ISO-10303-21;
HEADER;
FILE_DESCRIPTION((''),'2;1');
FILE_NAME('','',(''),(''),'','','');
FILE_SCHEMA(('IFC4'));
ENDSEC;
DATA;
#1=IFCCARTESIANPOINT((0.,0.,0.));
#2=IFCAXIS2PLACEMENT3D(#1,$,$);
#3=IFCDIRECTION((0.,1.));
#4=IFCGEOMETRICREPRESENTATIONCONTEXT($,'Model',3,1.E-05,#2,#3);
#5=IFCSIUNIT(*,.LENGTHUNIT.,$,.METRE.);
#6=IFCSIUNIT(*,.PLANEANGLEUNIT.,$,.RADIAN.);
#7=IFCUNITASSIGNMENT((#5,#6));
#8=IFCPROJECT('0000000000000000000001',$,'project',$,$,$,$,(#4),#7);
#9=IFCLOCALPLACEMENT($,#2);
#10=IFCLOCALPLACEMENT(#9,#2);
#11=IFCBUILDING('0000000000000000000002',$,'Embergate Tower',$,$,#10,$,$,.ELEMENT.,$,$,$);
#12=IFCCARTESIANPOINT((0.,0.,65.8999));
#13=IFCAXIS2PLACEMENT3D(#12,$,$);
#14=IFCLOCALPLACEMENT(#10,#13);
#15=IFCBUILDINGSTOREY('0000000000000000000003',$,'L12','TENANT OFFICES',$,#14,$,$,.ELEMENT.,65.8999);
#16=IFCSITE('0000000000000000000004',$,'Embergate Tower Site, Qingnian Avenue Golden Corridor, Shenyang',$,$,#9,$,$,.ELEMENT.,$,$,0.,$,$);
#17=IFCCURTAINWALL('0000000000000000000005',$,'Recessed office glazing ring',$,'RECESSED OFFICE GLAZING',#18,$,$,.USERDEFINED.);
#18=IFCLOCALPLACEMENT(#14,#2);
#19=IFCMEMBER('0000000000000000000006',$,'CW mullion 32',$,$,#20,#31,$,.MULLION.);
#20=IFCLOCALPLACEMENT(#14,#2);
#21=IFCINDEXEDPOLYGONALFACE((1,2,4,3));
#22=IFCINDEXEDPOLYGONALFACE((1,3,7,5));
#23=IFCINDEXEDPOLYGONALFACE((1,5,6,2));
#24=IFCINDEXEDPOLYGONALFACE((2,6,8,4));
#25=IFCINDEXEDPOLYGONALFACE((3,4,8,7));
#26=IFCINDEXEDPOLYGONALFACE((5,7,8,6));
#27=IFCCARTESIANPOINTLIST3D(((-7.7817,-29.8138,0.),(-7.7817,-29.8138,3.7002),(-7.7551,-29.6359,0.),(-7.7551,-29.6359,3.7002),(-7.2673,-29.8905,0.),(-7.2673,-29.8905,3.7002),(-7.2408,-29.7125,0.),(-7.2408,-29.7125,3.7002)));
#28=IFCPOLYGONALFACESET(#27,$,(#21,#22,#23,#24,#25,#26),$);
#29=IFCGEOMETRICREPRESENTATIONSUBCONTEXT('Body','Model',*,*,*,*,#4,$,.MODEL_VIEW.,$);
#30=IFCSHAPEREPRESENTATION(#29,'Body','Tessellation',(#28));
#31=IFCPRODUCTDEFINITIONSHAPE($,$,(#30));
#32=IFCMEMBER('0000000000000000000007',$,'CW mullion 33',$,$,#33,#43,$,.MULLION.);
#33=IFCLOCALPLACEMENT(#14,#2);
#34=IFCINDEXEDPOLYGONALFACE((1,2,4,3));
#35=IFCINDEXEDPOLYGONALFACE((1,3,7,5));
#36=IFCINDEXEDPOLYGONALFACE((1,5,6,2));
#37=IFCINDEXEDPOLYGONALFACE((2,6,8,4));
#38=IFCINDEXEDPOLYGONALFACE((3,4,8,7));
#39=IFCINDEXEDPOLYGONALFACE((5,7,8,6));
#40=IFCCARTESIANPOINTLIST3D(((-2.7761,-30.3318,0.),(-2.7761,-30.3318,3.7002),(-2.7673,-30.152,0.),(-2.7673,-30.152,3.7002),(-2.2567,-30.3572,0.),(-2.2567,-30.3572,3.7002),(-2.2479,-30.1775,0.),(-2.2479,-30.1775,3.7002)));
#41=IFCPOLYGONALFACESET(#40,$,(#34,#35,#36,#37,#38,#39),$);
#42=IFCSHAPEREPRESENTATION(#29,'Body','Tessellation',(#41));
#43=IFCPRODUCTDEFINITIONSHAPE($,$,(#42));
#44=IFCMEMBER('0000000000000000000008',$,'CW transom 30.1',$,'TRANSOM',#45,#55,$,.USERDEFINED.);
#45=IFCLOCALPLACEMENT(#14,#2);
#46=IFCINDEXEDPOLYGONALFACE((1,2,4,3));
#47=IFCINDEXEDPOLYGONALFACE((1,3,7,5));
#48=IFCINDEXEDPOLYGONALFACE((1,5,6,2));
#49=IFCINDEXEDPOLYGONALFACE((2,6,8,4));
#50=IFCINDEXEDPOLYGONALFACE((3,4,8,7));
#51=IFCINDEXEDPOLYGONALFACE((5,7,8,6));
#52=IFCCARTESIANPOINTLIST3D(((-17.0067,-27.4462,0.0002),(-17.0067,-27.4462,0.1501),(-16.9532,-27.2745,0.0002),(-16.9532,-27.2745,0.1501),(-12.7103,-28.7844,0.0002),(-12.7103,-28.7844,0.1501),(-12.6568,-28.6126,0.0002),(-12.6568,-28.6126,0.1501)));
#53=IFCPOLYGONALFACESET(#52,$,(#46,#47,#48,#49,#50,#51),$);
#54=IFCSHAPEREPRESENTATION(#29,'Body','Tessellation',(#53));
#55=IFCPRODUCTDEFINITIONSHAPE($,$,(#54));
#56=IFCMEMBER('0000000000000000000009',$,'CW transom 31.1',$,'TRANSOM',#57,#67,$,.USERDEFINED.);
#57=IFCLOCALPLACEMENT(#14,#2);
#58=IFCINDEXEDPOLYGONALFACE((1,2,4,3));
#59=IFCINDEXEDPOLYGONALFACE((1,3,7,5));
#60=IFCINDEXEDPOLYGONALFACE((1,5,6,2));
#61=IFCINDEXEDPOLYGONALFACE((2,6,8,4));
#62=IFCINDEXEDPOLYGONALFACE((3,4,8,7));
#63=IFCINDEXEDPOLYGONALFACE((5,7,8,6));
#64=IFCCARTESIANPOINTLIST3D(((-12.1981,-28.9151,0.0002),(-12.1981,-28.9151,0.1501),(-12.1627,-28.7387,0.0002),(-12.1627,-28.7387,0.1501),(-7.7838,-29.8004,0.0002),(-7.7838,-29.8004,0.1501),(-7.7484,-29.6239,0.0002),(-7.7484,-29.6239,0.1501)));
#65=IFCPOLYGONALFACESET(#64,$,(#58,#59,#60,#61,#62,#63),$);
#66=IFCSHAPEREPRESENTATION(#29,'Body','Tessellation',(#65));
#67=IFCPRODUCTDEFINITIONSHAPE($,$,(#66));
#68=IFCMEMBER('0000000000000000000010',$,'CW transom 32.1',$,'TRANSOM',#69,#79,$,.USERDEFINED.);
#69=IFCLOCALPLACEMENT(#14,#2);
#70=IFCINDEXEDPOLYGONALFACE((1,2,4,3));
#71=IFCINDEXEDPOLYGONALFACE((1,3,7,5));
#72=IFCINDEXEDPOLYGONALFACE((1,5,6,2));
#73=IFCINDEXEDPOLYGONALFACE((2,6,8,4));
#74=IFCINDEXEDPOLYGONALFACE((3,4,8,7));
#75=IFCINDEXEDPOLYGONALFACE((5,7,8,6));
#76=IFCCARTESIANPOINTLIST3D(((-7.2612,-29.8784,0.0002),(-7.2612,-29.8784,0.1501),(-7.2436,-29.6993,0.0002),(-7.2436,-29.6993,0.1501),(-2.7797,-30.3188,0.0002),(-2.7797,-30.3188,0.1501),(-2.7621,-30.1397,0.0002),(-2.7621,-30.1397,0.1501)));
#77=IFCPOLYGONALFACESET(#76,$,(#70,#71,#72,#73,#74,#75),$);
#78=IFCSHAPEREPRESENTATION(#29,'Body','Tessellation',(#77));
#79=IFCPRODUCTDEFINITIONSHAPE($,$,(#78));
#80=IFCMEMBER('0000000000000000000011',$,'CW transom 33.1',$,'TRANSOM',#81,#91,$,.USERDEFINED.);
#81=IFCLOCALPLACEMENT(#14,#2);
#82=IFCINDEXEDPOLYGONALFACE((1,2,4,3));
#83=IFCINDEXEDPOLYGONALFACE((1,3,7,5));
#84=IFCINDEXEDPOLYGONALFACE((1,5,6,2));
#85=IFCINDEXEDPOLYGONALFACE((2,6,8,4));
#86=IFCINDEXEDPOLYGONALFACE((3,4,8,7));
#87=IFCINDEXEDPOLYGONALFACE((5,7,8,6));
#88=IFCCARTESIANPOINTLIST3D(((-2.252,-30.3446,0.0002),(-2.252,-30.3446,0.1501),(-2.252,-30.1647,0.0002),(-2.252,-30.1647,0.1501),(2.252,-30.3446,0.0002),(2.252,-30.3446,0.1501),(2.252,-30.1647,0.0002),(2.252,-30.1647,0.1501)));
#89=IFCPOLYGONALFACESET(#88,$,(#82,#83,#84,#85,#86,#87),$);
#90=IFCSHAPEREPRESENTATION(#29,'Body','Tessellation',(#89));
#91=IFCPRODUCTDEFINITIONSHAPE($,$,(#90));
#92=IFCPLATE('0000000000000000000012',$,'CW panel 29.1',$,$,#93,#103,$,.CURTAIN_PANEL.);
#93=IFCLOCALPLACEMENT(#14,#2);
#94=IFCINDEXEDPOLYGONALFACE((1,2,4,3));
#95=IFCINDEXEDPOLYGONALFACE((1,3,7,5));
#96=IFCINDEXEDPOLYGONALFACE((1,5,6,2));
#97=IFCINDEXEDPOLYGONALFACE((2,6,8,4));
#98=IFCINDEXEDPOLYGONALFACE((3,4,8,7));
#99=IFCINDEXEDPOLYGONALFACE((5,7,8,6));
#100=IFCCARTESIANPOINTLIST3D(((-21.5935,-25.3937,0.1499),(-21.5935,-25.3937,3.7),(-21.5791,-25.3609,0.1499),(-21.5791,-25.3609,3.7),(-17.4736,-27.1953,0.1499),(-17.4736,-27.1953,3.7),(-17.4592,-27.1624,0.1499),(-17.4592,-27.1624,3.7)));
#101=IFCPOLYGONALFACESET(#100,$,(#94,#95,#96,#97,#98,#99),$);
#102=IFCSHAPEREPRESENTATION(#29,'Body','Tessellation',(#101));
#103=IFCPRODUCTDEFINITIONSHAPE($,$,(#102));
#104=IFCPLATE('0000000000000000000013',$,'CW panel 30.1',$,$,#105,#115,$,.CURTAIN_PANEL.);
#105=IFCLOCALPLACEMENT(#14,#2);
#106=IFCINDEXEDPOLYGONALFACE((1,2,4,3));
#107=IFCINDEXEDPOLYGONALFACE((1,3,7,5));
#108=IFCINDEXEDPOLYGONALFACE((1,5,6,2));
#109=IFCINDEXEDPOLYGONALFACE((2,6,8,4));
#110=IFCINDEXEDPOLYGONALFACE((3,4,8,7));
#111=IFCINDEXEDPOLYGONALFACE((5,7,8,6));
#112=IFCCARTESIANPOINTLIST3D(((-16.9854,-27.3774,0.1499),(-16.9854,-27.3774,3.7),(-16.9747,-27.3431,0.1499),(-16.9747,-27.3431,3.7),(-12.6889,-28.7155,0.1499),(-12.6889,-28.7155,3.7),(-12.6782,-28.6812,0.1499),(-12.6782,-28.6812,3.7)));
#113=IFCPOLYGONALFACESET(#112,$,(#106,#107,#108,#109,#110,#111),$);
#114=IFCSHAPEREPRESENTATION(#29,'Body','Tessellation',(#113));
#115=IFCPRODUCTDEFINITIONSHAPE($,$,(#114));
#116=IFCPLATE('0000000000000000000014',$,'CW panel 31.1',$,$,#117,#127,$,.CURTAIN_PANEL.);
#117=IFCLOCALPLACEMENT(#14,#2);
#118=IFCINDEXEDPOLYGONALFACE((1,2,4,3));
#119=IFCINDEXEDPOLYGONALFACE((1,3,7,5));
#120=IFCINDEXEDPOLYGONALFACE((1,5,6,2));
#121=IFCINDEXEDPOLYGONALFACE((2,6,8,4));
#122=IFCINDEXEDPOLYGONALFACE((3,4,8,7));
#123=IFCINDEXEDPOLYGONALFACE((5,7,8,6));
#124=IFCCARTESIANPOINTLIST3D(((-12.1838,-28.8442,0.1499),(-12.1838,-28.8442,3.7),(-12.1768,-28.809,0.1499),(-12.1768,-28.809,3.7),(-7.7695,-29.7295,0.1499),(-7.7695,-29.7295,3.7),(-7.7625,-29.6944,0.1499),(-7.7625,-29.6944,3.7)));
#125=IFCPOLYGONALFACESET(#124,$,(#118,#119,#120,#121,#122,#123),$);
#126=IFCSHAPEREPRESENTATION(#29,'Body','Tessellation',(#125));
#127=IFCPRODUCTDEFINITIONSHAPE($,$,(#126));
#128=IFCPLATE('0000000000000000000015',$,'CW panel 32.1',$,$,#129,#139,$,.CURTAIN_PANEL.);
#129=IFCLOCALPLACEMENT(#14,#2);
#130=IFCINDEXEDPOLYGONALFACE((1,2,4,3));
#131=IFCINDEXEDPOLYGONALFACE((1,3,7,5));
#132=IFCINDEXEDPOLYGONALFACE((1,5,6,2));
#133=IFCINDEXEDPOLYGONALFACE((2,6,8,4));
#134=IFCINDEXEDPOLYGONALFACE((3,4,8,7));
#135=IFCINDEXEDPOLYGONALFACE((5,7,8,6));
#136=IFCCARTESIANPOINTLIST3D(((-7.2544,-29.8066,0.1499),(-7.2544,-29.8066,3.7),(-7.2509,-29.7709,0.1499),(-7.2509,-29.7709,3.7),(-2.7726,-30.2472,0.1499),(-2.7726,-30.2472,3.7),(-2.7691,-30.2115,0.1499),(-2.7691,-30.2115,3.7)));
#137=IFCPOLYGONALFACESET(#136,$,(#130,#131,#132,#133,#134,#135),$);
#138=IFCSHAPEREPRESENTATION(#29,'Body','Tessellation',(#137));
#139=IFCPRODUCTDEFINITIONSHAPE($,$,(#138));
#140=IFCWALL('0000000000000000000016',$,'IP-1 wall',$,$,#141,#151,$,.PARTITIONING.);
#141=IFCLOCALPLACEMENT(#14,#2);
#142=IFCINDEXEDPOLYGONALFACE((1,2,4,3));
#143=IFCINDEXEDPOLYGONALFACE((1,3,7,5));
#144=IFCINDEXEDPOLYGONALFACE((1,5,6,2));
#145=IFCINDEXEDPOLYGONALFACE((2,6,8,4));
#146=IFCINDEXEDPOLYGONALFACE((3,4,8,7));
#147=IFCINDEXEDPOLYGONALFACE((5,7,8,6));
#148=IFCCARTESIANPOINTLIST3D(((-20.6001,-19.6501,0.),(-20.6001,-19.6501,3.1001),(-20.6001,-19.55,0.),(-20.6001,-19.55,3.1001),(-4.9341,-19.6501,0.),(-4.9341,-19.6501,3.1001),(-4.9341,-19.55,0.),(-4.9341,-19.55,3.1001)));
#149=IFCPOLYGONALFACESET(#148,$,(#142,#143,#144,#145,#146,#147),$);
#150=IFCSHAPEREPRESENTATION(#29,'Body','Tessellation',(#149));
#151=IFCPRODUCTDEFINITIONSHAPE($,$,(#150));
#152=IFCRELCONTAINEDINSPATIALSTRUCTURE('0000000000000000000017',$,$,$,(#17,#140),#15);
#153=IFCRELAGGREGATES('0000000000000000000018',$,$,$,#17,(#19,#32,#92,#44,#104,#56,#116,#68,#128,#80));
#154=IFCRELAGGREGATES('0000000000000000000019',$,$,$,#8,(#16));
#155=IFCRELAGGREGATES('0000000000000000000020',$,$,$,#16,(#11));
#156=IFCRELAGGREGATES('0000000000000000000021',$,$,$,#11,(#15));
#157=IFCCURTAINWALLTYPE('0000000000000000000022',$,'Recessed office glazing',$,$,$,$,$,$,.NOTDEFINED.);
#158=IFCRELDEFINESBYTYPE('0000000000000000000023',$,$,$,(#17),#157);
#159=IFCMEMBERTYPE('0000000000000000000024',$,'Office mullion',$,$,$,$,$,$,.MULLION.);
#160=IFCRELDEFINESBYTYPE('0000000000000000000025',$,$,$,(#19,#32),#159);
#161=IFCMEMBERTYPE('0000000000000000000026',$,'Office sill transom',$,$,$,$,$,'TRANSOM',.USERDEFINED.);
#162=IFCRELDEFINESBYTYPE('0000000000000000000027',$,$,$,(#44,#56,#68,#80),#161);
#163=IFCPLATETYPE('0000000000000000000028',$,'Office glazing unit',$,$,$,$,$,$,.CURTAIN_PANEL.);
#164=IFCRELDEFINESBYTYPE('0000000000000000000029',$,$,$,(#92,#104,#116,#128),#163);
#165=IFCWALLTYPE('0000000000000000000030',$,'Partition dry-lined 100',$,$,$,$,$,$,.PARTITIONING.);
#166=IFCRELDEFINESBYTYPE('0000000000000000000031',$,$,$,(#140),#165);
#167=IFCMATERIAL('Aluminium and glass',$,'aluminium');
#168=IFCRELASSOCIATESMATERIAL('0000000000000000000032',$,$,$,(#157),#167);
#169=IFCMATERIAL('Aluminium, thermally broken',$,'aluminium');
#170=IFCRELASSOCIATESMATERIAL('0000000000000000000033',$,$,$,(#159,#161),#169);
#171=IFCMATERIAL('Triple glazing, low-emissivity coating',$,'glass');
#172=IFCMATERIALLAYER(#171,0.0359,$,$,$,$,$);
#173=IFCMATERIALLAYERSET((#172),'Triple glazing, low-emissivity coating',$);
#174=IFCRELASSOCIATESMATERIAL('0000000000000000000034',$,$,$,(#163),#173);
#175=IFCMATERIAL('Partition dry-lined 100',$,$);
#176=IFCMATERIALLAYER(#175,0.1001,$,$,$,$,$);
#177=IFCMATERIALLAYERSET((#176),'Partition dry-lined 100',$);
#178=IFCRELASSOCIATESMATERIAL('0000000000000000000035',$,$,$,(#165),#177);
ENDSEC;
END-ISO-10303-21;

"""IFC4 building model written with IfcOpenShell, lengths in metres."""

from ifc_helpers import new_model, si_unit, direction, frame, frame_2d, origin, origin_2d, place, context, subcontext, project, spatial, rectangle, extrude, source, transform, mapped, material, layer, layer_set, material_profile, profile_set, type_object, element, aggregate, save


model = new_model("IFC4")

# Units and contexts
model_context = context("Model", 3, precision=1e-05, world=origin(), true_north=direction((0.0, 1.0)))
body_context = subcontext(model_context, "Body", "Model", "MODEL_VIEW")
ifc_project = project(units=[si_unit("LENGTHUNIT", "METRE"), si_unit("PLANEANGLEUNIT", "RADIAN")], contexts=[model_context])

# Site, building, storey
site_placement = place(None, origin())
site = spatial("IfcSite", under=ifc_project, at=site_placement, Name="Embergate Tower Site, Qingnian Avenue Golden Corridor, Shenyang", CompositionType="ELEMENT", RefElevation=0.0)
building_placement = place(site_placement, origin())
building = spatial("IfcBuilding", under=site, at=building_placement, Name="Embergate Tower", CompositionType="ELEMENT")
storey_placement = place(building_placement, frame((0.0, 0.0, 65.8999)))
storey = spatial("IfcBuildingStorey", under=building, at=storey_placement, Name="L12", Description="TENANT OFFICES", CompositionType="ELEMENT", Elevation=65.8999)

# Curtain wall, members, plates
ifc_material_1 = material(Name="Aluminium and glass", Category="aluminium")
curtain_wall_type = type_object("IfcCurtainWallType", Name="Recessed office glazing", PredefinedType="NOTDEFINED", material=ifc_material_1)
curtain_wall_placement = place(storey_placement, origin())
curtain_wall = element("IfcCurtainWall", 1, at=curtain_wall_placement, inside=storey, type_object=curtain_wall_type, Name="Recessed office glazing ring", ObjectType="RECESSED OFFICE GLAZING", PredefinedType="USERDEFINED")
ifc_material_2 = material(Name="Aluminium, thermally broken", Category="aluminium")
ifc_material_profile_1 = material_profile(ifc_material_2, rectangle(XDim=0.1799, YDim=0.52, at=origin_2d()), Name="AL 520x180")
ifc_profile_set_1 = profile_set([ifc_material_profile_1], Name="Aluminium, thermally broken")
member_type_1 = type_object("IfcMemberType", Name="Office mullion", PredefinedType="MULLION", material=ifc_profile_set_1)
shared_shape_1 = source(origin(), body_context, "Body", "SweptSolid", [
    extrude(rectangle(XDim=0.1799, YDim=0.52, at=origin_2d()), origin(), (0.0, 0.0, 1.0), 3.7002),
])
member_1_placement = place(storey_placement, frame((-7.5112, -29.7632, 0.0), z_axis=(0.0, 0.0, 1.0), x_axis=(0.147416, 0.989075, 0.0)))
member_1 = element("IfcMember", 2, at=member_1_placement, type_object=member_type_1, Name="CW mullion 32", PredefinedType="MULLION", context=body_context, shape_type="MappedRepresentation", body=[
    mapped(shared_shape_1, transform((0.0, 0.0, 0.0))),
])
member_2_placement = place(storey_placement, frame((-2.512, -30.2546, 0.0), z_axis=(0.0, 0.0, 1.0), x_axis=(0.048972, 0.9988, 0.0)))
member_2 = element("IfcMember", 3, at=member_2_placement, type_object=member_type_1, Name="CW mullion 33", PredefinedType="MULLION", context=body_context, shape_type="MappedRepresentation", body=[
    mapped(shared_shape_1, transform((0.0, 0.0, 0.0))),
])
ifc_material_profile_2 = material_profile(ifc_material_2, rectangle(XDim=0.1799, YDim=0.1499, at=origin_2d()), Name="AL 150x180")
ifc_profile_set_2 = profile_set([ifc_material_profile_2], Name="Aluminium, thermally broken")
member_type_2 = type_object("IfcMemberType", Name="Office sill transom", ElementType="TRANSOM", PredefinedType="USERDEFINED", material=ifc_profile_set_2)
shared_shape_2 = source(origin(), body_context, "Body", "SweptSolid", [
    extrude(rectangle(XDim=0.1799, YDim=0.1499, at=origin_2d()), origin(), (0.0, 0.0, 1.0), 4.5),
])
member_3_placement = place(storey_placement, frame((-16.98, -27.3604, 0.0752), z_axis=(0.954763, -0.297367, 0.0), x_axis=(0.297367, 0.954763, 0.0)))
member_3 = element("IfcMember", 4, at=member_3_placement, type_object=member_type_2, Name="CW transom 30.1", ObjectType="TRANSOM", PredefinedType="USERDEFINED", context=body_context, shape_type="MappedRepresentation", body=[
    mapped(shared_shape_2, transform((0.0, 0.0, 0.0))),
])
shared_shape_3 = source(origin(), body_context, "Body", "SweptSolid", [
    extrude(rectangle(XDim=0.1799, YDim=0.1499, at=origin_2d()), origin(), (0.0, 0.0, 1.0), 4.5022),
])
member_4_placement = place(storey_placement, frame((-12.1804, -28.8269, 0.0752), z_axis=(0.980478, -0.196627, 0.0), x_axis=(0.196627, 0.980478, 0.0)))
member_4 = element("IfcMember", 5, at=member_4_placement, type_object=member_type_2, Name="CW transom 31.1", ObjectType="TRANSOM", PredefinedType="USERDEFINED", context=body_context, shape_type="MappedRepresentation", body=[
    mapped(shared_shape_3, transform((0.0, 0.0, 0.0))),
])
shared_shape_4 = source(origin(), body_context, "Body", "SweptSolid", [
    extrude(rectangle(XDim=0.1799, YDim=0.1499, at=origin_2d()), origin(), (0.0, 0.0, 1.0), 4.5032),
])
member_5_placement = place(storey_placement, frame((-7.2524, -29.7888, 0.0752), z_axis=(0.995206, -0.097802, 0.0), x_axis=(0.097802, 0.995206, 0.0)))
member_5 = element("IfcMember", 6, at=member_5_placement, type_object=member_type_2, Name="CW transom 32.1", ObjectType="TRANSOM", PredefinedType="USERDEFINED", context=body_context, shape_type="MappedRepresentation", body=[
    mapped(shared_shape_4, transform((0.0, 0.0, 0.0))),
])
shared_shape_5 = source(origin(), body_context, "Body", "SweptSolid", [
    extrude(rectangle(XDim=0.1799, YDim=0.1499, at=origin_2d()), origin(), (0.0, 0.0, 1.0), 4.5039),
])
member_6_placement = place(storey_placement, frame((-2.252, -30.2546, 0.0752), z_axis=(1.0, 0.0, 0.0), x_axis=(0.0, 1.0, 0.0)))
member_6 = element("IfcMember", 7, at=member_6_placement, type_object=member_type_2, Name="CW transom 33.1", ObjectType="TRANSOM", PredefinedType="USERDEFINED", context=body_context, shape_type="MappedRepresentation", body=[
    mapped(shared_shape_5, transform((0.0, 0.0, 0.0))),
])
ifc_material_3 = material(Name="Triple glazing, low-emissivity coating", Category="glass")
ifc_layer_1 = layer(ifc_material_3, 0.0359)
ifc_layer_set_1 = layer_set([ifc_layer_1], Name="Triple glazing, low-emissivity coating")
plate_type = type_object("IfcPlateType", Name="Office glazing unit", PredefinedType="CURTAIN_PANEL", material=ifc_layer_set_1)
shared_shape_6 = source(origin(), body_context, "Body", "SweptSolid", [
    extrude(rectangle(XDim=4.4966, YDim=0.0359, at=origin_2d()), origin(), (0.0, 0.0, 1.0), 3.55),
])
plate_1_placement = place(storey_placement, frame((-19.5264, -26.2781, 0.1499), z_axis=(0.0, 0.0, 1.0), x_axis=(0.916233, -0.400646, 0.0)))
plate_1 = element("IfcPlate", 8, at=plate_1_placement, type_object=plate_type, Name="CW panel 29.1", PredefinedType="CURTAIN_PANEL", context=body_context, shape_type="MappedRepresentation", body=[
    mapped(shared_shape_6, transform((0.0, 0.0, 0.0))),
])
shared_shape_7 = source(origin(), body_context, "Body", "SweptSolid", [
    extrude(rectangle(XDim=4.5, YDim=0.0359, at=origin_2d()), origin(), (0.0, 0.0, 1.0), 3.55),
])
plate_2_placement = place(storey_placement, frame((-14.8318, -28.0293, 0.1499), z_axis=(0.0, 0.0, 1.0), x_axis=(0.95477, -0.297345, 0.0)))
plate_2 = element("IfcPlate", 9, at=plate_2_placement, type_object=plate_type, Name="CW panel 30.1", PredefinedType="CURTAIN_PANEL", context=body_context, shape_type="MappedRepresentation", body=[
    mapped(shared_shape_7, transform((0.0, 0.0, 0.0))),
])
shared_shape_8 = source(origin(), body_context, "Body", "SweptSolid", [
    extrude(rectangle(XDim=4.5022, YDim=0.0359, at=origin_2d()), origin(), (0.0, 0.0, 1.0), 3.55),
])
plate_3_placement = place(storey_placement, frame((-9.9731, -29.2693, 0.1499), z_axis=(0.0, 0.0, 1.0), x_axis=(0.980475, -0.196644, 0.0)))
plate_3 = element("IfcPlate", 10, at=plate_3_placement, type_object=plate_type, Name="CW panel 31.1", PredefinedType="CURTAIN_PANEL", context=body_context, shape_type="MappedRepresentation", body=[
    mapped(shared_shape_8, transform((0.0, 0.0, 0.0))),
])
shared_shape_9 = source(origin(), body_context, "Body", "SweptSolid", [
    extrude(rectangle(XDim=4.5034, YDim=0.0359, at=origin_2d()), origin(), (0.0, 0.0, 1.0), 3.55),
])
plate_4_placement = place(storey_placement, frame((-5.0117, -30.009, 0.1499), z_axis=(0.0, 0.0, 1.0), x_axis=(0.995203, -0.097831, 0.0)))
plate_4 = element("IfcPlate", 11, at=plate_4_placement, type_object=plate_type, Name="CW panel 32.1", PredefinedType="CURTAIN_PANEL", context=body_context, shape_type="MappedRepresentation", body=[
    mapped(shared_shape_9, transform((0.0, 0.0, 0.0))),
])
aggregate(curtain_wall, [member_1, member_2, plate_1, member_3, plate_2, member_4, plate_3, member_5, plate_4, member_6])

# Wall
ifc_material_4 = material(Name="Partition dry-lined 100")
ifc_layer_2 = layer(ifc_material_4, 0.1001)
ifc_layer_set_2 = layer_set([ifc_layer_2], Name="Partition dry-lined 100")
wall_type = type_object("IfcWallType", Name="Partition dry-lined 100", PredefinedType="PARTITIONING", material=ifc_layer_set_2)
shared_shape_10 = source(origin(), body_context, "Body", "SweptSolid", [
    extrude(rectangle(XDim=15.666, YDim=0.1001, at=frame_2d((7.833, 0.0))), origin(), (0.0, 0.0, 1.0), 3.1001),
])
wall_1_placement = place(storey_placement, frame((-4.9341, -19.6001, 0.0), z_axis=(0.0, 0.0, 1.0), x_axis=(-1.0, 0.0, 0.0)))
element("IfcWall", 12, at=wall_1_placement, inside=storey, type_object=wall_type, Name="IP-1 wall", PredefinedType="PARTITIONING", context=body_context, shape_type="MappedRepresentation", body=[
    mapped(shared_shape_10, transform((0.0, 0.0, 0.0))),
])

save(model, "model.ifc")
